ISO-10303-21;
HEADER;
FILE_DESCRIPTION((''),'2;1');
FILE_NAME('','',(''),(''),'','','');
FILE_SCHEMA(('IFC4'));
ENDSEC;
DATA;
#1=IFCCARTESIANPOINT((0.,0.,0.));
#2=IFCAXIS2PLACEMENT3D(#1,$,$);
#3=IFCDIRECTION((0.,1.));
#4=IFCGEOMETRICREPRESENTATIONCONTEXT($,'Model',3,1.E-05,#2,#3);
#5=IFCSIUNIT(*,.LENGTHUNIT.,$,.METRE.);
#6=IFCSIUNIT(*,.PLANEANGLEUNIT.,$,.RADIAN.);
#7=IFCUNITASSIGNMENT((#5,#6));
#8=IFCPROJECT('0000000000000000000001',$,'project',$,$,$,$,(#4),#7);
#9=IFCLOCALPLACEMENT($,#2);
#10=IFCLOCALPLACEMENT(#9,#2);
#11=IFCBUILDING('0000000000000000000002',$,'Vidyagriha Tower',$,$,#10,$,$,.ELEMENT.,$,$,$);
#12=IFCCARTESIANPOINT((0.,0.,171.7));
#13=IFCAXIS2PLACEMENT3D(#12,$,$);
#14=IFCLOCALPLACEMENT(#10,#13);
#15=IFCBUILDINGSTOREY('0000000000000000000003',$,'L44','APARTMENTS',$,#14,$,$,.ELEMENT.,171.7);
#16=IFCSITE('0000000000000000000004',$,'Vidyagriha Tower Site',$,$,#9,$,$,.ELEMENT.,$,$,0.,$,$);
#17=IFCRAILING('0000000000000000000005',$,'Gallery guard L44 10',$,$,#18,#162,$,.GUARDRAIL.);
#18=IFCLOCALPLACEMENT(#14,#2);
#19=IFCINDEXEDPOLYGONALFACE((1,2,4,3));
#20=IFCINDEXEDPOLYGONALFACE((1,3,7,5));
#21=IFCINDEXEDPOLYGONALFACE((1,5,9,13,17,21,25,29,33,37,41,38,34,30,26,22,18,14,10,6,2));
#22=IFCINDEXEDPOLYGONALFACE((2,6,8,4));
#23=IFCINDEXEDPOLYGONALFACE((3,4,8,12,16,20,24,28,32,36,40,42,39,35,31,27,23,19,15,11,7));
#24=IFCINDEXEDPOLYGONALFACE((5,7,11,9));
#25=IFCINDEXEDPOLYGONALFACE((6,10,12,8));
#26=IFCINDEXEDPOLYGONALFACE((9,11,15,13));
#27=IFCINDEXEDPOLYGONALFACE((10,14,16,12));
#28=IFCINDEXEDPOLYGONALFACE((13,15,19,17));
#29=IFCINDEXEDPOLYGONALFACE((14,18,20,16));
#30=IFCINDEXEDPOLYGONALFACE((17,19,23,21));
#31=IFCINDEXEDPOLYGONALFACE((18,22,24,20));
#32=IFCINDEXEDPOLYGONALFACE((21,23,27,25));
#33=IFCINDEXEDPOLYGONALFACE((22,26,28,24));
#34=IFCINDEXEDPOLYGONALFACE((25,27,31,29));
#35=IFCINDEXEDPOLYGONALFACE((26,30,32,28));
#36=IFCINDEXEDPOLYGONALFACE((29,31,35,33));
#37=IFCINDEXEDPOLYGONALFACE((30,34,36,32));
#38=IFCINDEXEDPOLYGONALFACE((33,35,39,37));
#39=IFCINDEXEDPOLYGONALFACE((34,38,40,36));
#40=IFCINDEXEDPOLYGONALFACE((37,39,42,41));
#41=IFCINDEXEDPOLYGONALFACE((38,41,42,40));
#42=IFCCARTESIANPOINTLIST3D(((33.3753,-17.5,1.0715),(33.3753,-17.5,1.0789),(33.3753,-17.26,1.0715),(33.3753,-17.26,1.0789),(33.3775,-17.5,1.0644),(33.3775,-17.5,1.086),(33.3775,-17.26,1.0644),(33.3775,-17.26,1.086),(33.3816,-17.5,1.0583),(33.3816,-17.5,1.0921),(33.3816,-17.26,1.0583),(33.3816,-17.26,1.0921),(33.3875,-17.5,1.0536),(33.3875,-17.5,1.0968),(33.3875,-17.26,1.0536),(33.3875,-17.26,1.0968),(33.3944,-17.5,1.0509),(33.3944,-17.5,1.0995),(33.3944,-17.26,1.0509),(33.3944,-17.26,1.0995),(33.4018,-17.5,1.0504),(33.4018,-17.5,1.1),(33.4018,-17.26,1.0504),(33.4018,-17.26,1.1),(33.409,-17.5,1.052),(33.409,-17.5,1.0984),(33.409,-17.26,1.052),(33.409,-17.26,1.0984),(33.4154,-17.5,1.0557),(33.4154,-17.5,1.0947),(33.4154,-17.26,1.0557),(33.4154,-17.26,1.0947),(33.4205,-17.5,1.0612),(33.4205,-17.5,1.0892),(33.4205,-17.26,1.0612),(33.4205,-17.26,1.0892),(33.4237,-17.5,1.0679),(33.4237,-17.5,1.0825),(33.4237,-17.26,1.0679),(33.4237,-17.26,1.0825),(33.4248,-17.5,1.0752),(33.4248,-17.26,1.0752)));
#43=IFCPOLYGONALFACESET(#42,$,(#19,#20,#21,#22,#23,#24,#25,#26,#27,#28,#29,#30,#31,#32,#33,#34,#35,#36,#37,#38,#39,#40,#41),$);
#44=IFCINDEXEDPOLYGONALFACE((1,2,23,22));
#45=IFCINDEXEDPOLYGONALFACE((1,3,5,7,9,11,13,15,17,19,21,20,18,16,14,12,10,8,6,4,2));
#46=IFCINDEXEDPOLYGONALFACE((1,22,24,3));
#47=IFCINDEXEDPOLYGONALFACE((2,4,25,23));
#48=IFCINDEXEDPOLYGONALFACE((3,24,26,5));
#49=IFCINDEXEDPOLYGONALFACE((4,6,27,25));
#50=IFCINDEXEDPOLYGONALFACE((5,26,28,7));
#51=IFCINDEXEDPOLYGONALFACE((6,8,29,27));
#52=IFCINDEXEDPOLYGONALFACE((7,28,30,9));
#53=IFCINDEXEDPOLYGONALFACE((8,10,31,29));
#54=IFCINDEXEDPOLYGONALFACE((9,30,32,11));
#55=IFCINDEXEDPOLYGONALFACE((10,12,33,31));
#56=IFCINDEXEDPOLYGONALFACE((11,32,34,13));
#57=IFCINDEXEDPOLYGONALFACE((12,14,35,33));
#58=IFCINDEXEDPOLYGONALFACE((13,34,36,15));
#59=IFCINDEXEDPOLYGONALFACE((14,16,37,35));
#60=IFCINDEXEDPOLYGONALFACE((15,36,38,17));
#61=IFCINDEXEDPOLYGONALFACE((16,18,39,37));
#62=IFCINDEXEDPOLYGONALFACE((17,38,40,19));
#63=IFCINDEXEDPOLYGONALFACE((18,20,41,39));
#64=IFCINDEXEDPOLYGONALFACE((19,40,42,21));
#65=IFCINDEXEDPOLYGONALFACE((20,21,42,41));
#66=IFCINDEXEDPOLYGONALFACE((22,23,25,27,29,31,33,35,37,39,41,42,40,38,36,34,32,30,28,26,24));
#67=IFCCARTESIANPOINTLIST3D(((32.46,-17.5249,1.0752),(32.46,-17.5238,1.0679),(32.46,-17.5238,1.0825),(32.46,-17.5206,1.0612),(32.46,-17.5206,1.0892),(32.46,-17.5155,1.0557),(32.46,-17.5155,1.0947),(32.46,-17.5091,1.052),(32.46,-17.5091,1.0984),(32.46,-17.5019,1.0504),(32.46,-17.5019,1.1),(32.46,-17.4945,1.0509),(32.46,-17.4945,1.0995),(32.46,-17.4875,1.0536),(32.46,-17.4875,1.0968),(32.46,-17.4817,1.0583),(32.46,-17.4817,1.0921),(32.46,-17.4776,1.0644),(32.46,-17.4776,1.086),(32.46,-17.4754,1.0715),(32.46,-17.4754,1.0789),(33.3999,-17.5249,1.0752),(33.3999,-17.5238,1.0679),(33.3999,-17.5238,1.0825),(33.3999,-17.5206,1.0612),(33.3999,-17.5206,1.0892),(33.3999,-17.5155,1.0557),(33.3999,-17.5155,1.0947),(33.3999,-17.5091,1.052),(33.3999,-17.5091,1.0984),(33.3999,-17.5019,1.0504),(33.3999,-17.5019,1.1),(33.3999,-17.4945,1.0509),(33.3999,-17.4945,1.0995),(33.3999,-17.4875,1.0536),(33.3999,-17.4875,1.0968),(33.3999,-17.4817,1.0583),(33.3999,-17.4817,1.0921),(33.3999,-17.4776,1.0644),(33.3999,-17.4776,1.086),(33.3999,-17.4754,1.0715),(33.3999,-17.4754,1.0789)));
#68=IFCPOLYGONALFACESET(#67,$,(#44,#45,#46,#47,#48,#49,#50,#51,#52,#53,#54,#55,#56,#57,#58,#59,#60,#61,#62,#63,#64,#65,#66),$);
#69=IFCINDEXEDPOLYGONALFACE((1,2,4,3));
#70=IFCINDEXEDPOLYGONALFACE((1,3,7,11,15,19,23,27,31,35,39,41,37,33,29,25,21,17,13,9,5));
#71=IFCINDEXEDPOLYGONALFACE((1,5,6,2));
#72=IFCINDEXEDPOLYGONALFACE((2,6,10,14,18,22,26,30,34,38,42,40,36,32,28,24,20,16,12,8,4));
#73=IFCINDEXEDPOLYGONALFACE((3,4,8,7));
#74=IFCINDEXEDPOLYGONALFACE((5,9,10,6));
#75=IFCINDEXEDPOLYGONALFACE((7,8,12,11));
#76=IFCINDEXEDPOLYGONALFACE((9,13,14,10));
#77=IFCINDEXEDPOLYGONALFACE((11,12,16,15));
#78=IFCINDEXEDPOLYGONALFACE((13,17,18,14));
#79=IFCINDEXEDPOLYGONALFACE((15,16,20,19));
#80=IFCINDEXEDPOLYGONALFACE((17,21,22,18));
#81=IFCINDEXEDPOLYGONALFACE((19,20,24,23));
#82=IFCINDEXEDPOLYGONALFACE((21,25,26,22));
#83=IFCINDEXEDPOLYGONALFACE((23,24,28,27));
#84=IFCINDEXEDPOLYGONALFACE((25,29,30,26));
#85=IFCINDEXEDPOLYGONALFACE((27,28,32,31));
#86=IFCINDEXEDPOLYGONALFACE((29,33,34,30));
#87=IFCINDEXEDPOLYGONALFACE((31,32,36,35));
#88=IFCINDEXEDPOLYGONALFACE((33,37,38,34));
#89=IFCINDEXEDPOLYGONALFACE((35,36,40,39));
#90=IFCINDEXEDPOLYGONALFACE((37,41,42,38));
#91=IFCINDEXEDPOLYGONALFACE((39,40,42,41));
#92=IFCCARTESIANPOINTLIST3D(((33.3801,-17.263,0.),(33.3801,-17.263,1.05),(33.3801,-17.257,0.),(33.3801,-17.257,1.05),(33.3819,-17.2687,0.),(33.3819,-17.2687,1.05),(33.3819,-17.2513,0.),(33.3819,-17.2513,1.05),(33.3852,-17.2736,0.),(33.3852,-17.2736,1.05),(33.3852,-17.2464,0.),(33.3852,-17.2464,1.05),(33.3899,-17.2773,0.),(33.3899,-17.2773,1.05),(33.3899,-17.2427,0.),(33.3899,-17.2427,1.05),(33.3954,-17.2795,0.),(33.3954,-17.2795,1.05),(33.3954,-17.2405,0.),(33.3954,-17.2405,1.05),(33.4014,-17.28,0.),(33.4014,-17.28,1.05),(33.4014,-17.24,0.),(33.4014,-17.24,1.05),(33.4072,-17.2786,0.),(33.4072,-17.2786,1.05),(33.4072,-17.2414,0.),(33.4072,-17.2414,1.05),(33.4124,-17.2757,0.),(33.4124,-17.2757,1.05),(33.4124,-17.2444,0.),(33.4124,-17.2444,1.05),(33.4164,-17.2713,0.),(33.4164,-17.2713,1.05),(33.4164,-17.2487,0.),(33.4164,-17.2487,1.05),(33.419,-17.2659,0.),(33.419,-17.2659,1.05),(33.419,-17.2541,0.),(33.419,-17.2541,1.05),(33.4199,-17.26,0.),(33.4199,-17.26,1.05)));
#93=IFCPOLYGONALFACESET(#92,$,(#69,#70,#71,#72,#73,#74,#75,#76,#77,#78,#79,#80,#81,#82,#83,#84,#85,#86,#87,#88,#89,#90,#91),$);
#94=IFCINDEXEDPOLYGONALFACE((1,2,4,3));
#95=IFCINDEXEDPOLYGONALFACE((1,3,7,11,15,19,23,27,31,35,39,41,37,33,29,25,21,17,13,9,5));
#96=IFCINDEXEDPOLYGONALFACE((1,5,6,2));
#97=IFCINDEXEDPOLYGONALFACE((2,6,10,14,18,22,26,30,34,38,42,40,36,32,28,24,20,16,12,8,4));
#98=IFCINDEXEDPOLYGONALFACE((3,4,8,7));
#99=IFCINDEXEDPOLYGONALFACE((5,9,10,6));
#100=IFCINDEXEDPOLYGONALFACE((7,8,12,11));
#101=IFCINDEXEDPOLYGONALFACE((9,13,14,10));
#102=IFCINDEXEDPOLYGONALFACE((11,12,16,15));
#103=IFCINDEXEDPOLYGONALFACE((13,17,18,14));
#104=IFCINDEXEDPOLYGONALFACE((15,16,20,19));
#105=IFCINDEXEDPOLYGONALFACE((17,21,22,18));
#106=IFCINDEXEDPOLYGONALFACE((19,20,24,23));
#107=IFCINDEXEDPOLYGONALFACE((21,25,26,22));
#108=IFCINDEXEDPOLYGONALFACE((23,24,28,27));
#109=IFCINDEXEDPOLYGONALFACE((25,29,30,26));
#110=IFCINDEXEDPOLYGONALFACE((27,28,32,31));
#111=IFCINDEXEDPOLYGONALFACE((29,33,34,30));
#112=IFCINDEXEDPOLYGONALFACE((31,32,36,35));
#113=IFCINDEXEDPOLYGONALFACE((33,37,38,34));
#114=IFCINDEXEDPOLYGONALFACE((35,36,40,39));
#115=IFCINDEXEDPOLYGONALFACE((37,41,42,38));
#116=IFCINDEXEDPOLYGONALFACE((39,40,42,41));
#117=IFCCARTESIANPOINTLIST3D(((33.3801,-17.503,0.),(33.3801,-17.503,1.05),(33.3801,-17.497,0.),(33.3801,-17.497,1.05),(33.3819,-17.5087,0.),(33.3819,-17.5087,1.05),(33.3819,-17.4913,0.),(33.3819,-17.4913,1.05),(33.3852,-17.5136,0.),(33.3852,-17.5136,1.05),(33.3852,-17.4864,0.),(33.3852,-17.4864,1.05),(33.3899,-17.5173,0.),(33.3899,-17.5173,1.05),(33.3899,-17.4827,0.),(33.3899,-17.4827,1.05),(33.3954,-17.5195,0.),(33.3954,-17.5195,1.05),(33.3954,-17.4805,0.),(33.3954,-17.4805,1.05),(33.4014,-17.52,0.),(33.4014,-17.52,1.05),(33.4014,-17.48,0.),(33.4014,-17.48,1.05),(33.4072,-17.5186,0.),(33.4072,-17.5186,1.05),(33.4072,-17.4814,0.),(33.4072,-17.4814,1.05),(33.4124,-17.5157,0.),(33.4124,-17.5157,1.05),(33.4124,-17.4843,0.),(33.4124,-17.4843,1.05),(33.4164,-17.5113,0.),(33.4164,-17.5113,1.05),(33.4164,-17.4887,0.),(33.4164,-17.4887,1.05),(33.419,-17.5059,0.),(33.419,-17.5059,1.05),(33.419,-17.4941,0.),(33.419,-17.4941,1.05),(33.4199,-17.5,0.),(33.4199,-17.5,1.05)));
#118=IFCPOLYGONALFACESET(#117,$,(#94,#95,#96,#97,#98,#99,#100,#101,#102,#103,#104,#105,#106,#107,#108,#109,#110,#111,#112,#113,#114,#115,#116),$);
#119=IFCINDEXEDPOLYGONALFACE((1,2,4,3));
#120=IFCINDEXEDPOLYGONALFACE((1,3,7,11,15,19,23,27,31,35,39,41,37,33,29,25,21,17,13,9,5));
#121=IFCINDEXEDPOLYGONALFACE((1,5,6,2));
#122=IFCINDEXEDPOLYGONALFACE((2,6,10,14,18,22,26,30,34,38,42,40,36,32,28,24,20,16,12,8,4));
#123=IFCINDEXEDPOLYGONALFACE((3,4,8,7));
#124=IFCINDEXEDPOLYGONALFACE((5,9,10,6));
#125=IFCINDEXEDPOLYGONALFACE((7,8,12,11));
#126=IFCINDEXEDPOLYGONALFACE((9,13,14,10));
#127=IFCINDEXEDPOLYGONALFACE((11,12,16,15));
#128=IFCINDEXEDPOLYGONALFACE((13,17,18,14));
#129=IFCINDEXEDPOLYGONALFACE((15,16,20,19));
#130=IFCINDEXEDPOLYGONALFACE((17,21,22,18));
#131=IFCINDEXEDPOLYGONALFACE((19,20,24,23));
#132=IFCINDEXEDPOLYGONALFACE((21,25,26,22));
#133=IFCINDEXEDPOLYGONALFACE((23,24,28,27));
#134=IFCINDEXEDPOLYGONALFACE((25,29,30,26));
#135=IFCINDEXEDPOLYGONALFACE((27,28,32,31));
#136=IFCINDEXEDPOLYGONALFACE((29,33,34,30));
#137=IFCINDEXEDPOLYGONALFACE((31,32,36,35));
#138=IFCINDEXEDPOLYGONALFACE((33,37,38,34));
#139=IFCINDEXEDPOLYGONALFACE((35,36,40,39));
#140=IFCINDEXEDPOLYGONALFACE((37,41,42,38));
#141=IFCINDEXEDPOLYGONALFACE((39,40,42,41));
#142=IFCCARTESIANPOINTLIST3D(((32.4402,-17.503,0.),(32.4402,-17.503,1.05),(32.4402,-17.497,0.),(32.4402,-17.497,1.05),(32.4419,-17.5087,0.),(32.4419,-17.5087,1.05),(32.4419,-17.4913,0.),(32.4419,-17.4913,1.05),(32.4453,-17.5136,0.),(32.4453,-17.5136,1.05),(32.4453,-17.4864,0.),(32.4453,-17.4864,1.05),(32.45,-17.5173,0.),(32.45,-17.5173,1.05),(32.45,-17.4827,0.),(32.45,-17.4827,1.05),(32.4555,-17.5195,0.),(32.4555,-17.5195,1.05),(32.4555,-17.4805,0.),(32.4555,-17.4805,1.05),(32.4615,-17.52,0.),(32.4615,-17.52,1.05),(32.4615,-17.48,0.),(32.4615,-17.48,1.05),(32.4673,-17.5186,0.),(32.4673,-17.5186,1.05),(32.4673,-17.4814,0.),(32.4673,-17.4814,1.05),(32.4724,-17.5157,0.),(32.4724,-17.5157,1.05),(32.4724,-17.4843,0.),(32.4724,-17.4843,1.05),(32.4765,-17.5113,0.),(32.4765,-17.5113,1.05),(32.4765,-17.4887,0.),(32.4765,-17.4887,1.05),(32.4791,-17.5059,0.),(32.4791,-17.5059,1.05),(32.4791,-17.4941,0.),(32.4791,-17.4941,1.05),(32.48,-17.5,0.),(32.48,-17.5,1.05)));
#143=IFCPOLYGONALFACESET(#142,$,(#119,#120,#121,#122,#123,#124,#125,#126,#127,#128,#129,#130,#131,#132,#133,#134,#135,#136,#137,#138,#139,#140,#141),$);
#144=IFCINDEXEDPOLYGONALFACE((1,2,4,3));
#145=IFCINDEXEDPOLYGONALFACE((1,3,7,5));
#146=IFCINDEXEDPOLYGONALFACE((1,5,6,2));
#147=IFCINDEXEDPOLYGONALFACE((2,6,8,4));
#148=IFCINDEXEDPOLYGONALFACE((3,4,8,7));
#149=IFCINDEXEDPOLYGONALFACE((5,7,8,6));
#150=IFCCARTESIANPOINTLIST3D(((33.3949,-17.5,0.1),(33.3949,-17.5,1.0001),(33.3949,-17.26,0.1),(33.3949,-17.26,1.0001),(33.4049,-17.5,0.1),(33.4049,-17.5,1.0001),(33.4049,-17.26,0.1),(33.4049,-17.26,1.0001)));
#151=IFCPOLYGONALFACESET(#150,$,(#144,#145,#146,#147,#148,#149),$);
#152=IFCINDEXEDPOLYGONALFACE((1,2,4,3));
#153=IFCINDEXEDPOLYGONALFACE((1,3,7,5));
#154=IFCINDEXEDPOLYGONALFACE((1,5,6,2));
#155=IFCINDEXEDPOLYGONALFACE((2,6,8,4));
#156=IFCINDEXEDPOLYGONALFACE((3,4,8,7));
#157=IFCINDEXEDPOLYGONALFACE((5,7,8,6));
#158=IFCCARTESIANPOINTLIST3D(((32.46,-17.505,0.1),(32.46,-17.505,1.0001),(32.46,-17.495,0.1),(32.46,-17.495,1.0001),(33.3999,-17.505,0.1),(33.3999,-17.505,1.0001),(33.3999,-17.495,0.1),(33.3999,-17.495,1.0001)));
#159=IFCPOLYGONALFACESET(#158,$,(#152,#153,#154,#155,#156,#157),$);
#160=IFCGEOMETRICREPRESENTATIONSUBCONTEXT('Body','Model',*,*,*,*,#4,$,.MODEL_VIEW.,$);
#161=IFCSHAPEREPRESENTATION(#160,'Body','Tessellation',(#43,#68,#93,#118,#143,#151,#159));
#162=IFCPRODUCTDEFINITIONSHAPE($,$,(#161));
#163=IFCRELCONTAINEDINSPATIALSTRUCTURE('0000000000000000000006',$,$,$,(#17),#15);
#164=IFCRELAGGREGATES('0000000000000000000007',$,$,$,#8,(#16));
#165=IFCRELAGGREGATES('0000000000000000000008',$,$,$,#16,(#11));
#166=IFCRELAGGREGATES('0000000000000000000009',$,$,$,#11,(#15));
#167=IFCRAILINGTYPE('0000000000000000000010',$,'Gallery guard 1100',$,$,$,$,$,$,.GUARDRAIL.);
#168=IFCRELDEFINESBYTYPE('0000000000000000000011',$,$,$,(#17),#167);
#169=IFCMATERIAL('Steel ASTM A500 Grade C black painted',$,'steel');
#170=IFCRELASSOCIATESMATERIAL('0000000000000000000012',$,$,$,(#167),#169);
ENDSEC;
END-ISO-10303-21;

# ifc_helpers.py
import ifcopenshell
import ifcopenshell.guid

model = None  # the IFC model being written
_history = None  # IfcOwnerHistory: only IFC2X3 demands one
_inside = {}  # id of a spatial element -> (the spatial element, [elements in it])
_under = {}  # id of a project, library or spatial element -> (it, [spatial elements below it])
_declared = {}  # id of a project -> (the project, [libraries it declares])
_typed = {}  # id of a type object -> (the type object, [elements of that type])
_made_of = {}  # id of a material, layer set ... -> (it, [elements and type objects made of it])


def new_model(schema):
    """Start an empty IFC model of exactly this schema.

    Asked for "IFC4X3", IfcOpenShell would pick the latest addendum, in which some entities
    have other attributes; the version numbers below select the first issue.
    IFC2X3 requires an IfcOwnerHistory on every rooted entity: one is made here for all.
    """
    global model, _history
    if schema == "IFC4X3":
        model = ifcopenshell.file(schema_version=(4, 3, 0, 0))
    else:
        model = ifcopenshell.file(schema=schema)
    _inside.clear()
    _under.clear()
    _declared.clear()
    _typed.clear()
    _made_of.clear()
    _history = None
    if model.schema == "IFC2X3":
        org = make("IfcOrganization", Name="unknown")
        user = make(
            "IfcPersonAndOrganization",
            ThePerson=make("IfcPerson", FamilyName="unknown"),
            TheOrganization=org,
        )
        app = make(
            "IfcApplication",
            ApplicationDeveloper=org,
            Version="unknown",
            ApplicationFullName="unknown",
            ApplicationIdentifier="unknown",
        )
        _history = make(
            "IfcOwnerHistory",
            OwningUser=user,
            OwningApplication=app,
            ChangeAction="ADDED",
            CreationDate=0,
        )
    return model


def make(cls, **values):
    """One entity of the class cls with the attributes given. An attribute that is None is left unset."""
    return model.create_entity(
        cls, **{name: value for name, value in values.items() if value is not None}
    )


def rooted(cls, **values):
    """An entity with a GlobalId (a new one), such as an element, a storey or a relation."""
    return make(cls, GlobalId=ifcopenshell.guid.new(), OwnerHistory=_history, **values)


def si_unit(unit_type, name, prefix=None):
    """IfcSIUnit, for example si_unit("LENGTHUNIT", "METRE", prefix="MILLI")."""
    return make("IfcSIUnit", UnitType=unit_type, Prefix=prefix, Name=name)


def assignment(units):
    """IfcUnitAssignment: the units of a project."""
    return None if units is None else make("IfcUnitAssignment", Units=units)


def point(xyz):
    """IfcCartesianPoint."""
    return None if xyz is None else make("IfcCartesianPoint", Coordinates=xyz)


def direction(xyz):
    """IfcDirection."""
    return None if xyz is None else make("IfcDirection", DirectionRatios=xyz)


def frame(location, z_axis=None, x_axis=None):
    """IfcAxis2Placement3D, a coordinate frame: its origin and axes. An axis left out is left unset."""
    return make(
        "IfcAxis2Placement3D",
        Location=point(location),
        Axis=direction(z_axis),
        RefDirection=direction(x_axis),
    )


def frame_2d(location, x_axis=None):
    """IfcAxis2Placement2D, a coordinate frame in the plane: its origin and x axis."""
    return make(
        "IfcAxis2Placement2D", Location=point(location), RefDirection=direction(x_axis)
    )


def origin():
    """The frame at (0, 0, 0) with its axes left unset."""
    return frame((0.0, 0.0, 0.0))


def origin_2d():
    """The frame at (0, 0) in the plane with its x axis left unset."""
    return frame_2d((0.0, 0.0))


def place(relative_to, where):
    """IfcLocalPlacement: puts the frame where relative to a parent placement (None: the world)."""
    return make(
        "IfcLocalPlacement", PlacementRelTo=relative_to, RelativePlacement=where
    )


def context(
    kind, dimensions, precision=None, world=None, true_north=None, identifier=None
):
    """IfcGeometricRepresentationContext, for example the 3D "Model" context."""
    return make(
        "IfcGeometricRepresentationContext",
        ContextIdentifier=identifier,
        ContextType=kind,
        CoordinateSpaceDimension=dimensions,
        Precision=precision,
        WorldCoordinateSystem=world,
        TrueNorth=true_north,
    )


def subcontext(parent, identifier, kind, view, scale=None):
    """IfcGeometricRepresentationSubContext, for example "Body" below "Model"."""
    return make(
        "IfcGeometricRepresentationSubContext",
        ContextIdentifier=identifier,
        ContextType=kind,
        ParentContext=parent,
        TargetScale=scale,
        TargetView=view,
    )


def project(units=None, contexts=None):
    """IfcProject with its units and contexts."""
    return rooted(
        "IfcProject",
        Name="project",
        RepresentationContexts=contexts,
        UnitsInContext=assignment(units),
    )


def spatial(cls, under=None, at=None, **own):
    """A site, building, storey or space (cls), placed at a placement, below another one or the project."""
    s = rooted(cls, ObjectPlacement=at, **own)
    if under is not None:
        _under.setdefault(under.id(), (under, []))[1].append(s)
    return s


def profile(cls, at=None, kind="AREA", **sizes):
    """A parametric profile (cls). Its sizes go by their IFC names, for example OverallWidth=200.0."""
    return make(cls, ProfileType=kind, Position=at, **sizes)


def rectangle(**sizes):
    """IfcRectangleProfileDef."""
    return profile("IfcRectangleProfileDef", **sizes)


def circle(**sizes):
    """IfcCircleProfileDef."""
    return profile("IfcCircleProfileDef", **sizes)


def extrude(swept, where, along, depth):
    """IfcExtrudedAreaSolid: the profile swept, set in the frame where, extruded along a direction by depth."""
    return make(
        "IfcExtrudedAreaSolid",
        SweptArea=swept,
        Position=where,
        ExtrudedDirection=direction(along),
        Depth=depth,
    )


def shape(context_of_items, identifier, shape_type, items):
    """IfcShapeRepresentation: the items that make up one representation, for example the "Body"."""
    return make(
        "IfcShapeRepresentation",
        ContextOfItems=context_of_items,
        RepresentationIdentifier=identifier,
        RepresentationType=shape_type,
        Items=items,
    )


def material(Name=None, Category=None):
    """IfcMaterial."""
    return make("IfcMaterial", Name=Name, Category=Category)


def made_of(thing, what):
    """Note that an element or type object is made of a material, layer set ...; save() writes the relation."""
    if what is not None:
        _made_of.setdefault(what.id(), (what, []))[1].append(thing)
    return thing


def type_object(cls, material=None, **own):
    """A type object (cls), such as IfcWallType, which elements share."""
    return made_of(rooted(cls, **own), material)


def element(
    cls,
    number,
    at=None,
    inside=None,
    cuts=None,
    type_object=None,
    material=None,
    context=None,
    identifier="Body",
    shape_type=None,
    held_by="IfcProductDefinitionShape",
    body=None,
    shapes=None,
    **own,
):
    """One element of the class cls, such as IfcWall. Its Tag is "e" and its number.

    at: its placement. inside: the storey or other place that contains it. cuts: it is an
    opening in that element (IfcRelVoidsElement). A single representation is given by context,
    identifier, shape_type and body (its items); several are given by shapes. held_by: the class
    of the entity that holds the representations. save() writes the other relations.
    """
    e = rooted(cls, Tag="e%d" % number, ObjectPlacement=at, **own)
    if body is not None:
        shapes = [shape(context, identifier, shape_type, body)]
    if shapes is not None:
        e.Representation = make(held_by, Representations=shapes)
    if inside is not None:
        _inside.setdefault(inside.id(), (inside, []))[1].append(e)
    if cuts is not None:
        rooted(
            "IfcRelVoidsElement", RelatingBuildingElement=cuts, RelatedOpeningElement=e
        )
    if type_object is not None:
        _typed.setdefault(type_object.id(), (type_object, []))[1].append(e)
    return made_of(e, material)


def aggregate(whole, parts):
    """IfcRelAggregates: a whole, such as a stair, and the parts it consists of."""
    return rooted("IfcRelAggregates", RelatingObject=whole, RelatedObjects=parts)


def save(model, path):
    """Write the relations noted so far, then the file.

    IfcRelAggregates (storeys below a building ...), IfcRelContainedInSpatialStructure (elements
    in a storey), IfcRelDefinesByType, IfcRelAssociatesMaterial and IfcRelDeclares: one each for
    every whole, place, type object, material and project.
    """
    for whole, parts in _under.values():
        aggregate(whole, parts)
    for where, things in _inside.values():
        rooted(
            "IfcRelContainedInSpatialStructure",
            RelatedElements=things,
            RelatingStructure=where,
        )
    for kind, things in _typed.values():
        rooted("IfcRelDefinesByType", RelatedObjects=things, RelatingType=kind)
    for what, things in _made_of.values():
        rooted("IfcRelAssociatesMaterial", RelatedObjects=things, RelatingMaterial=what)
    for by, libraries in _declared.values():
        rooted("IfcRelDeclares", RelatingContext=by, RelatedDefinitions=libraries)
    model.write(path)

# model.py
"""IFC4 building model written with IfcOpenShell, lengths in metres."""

from ifc_helpers import new_model, si_unit, direction, frame, origin, origin_2d, place, context, subcontext, project, spatial, rectangle, circle, extrude, material, type_object, element, save


model = new_model("IFC4")

# Units and contexts
model_context = context("Model", 3, precision=1e-05, world=origin(), true_north=direction((0.0, 1.0)))
body_context = subcontext(model_context, "Body", "Model", "MODEL_VIEW")
ifc_project = project(units=[si_unit("LENGTHUNIT", "METRE"), si_unit("PLANEANGLEUNIT", "RADIAN")], contexts=[model_context])

# Site, building, storey
site_placement = place(None, origin())
site = spatial("IfcSite", under=ifc_project, at=site_placement, Name="Vidyagriha Tower Site", CompositionType="ELEMENT", RefElevation=0.0)
building_placement = place(site_placement, origin())
building = spatial("IfcBuilding", under=site, at=building_placement, Name="Vidyagriha Tower", CompositionType="ELEMENT")
storey_placement = place(building_placement, frame((0.0, 0.0, 171.7)))
storey = spatial("IfcBuildingStorey", under=building, at=storey_placement, Name="L44", Description="APARTMENTS", CompositionType="ELEMENT", Elevation=171.7)

# Railing
ifc_material_1 = material(Name="Steel ASTM A500 Grade C black painted", Category="steel")
railing_type_1 = type_object("IfcRailingType", Name="Gallery guard 1100", PredefinedType="GUARDRAIL", material=ifc_material_1)
railing_1_placement = place(storey_placement, frame((33.3999, -17.26, 0.0)))
element("IfcRailing", 1, at=railing_1_placement, inside=storey, type_object=railing_type_1, Name="Gallery guard L44 10", PredefinedType="GUARDRAIL", context=body_context, shape_type="SweptSolid", body=[
    extrude(circle(Radius=0.0249, at=origin_2d()), frame((0.0, 0.0, 1.0752), z_axis=(0.0, -1.0, 0.0), x_axis=(1.0, 0.0, 0.0)), (0.0, 0.0, 1.0), 0.24),
    extrude(circle(Radius=0.0249, at=origin_2d()), frame((0.0, -0.24, 1.0752), z_axis=(-1.0, 0.0, 0.0), x_axis=(0.0, -1.0, 0.0)), (0.0, 0.0, 1.0), 0.9399),
    extrude(circle(Radius=0.02, at=origin_2d()), origin(), (0.0, 0.0, 1.0), 1.05),
    extrude(circle(Radius=0.02, at=origin_2d()), frame((0.0, -0.24, 0.0)), (0.0, 0.0, 1.0), 1.05),
    extrude(circle(Radius=0.02, at=origin_2d()), frame((-0.9399, -0.24, 0.0)), (0.0, 0.0, 1.0), 1.05),
    extrude(rectangle(XDim=0.01, YDim=0.9001, at=origin_2d()), frame((0.0, 0.0, 0.55), z_axis=(0.0, -1.0, 0.0), x_axis=(1.0, 0.0, 0.0)), (0.0, 0.0, 1.0), 0.24),
    extrude(rectangle(XDim=0.01, YDim=0.9001, at=origin_2d()), frame((0.0, -0.24, 0.55), z_axis=(-1.0, 0.0, 0.0), x_axis=(0.0, -1.0, 0.0)), (0.0, 0.0, 1.0), 0.9399),
])

save(model, "model.ifc")
